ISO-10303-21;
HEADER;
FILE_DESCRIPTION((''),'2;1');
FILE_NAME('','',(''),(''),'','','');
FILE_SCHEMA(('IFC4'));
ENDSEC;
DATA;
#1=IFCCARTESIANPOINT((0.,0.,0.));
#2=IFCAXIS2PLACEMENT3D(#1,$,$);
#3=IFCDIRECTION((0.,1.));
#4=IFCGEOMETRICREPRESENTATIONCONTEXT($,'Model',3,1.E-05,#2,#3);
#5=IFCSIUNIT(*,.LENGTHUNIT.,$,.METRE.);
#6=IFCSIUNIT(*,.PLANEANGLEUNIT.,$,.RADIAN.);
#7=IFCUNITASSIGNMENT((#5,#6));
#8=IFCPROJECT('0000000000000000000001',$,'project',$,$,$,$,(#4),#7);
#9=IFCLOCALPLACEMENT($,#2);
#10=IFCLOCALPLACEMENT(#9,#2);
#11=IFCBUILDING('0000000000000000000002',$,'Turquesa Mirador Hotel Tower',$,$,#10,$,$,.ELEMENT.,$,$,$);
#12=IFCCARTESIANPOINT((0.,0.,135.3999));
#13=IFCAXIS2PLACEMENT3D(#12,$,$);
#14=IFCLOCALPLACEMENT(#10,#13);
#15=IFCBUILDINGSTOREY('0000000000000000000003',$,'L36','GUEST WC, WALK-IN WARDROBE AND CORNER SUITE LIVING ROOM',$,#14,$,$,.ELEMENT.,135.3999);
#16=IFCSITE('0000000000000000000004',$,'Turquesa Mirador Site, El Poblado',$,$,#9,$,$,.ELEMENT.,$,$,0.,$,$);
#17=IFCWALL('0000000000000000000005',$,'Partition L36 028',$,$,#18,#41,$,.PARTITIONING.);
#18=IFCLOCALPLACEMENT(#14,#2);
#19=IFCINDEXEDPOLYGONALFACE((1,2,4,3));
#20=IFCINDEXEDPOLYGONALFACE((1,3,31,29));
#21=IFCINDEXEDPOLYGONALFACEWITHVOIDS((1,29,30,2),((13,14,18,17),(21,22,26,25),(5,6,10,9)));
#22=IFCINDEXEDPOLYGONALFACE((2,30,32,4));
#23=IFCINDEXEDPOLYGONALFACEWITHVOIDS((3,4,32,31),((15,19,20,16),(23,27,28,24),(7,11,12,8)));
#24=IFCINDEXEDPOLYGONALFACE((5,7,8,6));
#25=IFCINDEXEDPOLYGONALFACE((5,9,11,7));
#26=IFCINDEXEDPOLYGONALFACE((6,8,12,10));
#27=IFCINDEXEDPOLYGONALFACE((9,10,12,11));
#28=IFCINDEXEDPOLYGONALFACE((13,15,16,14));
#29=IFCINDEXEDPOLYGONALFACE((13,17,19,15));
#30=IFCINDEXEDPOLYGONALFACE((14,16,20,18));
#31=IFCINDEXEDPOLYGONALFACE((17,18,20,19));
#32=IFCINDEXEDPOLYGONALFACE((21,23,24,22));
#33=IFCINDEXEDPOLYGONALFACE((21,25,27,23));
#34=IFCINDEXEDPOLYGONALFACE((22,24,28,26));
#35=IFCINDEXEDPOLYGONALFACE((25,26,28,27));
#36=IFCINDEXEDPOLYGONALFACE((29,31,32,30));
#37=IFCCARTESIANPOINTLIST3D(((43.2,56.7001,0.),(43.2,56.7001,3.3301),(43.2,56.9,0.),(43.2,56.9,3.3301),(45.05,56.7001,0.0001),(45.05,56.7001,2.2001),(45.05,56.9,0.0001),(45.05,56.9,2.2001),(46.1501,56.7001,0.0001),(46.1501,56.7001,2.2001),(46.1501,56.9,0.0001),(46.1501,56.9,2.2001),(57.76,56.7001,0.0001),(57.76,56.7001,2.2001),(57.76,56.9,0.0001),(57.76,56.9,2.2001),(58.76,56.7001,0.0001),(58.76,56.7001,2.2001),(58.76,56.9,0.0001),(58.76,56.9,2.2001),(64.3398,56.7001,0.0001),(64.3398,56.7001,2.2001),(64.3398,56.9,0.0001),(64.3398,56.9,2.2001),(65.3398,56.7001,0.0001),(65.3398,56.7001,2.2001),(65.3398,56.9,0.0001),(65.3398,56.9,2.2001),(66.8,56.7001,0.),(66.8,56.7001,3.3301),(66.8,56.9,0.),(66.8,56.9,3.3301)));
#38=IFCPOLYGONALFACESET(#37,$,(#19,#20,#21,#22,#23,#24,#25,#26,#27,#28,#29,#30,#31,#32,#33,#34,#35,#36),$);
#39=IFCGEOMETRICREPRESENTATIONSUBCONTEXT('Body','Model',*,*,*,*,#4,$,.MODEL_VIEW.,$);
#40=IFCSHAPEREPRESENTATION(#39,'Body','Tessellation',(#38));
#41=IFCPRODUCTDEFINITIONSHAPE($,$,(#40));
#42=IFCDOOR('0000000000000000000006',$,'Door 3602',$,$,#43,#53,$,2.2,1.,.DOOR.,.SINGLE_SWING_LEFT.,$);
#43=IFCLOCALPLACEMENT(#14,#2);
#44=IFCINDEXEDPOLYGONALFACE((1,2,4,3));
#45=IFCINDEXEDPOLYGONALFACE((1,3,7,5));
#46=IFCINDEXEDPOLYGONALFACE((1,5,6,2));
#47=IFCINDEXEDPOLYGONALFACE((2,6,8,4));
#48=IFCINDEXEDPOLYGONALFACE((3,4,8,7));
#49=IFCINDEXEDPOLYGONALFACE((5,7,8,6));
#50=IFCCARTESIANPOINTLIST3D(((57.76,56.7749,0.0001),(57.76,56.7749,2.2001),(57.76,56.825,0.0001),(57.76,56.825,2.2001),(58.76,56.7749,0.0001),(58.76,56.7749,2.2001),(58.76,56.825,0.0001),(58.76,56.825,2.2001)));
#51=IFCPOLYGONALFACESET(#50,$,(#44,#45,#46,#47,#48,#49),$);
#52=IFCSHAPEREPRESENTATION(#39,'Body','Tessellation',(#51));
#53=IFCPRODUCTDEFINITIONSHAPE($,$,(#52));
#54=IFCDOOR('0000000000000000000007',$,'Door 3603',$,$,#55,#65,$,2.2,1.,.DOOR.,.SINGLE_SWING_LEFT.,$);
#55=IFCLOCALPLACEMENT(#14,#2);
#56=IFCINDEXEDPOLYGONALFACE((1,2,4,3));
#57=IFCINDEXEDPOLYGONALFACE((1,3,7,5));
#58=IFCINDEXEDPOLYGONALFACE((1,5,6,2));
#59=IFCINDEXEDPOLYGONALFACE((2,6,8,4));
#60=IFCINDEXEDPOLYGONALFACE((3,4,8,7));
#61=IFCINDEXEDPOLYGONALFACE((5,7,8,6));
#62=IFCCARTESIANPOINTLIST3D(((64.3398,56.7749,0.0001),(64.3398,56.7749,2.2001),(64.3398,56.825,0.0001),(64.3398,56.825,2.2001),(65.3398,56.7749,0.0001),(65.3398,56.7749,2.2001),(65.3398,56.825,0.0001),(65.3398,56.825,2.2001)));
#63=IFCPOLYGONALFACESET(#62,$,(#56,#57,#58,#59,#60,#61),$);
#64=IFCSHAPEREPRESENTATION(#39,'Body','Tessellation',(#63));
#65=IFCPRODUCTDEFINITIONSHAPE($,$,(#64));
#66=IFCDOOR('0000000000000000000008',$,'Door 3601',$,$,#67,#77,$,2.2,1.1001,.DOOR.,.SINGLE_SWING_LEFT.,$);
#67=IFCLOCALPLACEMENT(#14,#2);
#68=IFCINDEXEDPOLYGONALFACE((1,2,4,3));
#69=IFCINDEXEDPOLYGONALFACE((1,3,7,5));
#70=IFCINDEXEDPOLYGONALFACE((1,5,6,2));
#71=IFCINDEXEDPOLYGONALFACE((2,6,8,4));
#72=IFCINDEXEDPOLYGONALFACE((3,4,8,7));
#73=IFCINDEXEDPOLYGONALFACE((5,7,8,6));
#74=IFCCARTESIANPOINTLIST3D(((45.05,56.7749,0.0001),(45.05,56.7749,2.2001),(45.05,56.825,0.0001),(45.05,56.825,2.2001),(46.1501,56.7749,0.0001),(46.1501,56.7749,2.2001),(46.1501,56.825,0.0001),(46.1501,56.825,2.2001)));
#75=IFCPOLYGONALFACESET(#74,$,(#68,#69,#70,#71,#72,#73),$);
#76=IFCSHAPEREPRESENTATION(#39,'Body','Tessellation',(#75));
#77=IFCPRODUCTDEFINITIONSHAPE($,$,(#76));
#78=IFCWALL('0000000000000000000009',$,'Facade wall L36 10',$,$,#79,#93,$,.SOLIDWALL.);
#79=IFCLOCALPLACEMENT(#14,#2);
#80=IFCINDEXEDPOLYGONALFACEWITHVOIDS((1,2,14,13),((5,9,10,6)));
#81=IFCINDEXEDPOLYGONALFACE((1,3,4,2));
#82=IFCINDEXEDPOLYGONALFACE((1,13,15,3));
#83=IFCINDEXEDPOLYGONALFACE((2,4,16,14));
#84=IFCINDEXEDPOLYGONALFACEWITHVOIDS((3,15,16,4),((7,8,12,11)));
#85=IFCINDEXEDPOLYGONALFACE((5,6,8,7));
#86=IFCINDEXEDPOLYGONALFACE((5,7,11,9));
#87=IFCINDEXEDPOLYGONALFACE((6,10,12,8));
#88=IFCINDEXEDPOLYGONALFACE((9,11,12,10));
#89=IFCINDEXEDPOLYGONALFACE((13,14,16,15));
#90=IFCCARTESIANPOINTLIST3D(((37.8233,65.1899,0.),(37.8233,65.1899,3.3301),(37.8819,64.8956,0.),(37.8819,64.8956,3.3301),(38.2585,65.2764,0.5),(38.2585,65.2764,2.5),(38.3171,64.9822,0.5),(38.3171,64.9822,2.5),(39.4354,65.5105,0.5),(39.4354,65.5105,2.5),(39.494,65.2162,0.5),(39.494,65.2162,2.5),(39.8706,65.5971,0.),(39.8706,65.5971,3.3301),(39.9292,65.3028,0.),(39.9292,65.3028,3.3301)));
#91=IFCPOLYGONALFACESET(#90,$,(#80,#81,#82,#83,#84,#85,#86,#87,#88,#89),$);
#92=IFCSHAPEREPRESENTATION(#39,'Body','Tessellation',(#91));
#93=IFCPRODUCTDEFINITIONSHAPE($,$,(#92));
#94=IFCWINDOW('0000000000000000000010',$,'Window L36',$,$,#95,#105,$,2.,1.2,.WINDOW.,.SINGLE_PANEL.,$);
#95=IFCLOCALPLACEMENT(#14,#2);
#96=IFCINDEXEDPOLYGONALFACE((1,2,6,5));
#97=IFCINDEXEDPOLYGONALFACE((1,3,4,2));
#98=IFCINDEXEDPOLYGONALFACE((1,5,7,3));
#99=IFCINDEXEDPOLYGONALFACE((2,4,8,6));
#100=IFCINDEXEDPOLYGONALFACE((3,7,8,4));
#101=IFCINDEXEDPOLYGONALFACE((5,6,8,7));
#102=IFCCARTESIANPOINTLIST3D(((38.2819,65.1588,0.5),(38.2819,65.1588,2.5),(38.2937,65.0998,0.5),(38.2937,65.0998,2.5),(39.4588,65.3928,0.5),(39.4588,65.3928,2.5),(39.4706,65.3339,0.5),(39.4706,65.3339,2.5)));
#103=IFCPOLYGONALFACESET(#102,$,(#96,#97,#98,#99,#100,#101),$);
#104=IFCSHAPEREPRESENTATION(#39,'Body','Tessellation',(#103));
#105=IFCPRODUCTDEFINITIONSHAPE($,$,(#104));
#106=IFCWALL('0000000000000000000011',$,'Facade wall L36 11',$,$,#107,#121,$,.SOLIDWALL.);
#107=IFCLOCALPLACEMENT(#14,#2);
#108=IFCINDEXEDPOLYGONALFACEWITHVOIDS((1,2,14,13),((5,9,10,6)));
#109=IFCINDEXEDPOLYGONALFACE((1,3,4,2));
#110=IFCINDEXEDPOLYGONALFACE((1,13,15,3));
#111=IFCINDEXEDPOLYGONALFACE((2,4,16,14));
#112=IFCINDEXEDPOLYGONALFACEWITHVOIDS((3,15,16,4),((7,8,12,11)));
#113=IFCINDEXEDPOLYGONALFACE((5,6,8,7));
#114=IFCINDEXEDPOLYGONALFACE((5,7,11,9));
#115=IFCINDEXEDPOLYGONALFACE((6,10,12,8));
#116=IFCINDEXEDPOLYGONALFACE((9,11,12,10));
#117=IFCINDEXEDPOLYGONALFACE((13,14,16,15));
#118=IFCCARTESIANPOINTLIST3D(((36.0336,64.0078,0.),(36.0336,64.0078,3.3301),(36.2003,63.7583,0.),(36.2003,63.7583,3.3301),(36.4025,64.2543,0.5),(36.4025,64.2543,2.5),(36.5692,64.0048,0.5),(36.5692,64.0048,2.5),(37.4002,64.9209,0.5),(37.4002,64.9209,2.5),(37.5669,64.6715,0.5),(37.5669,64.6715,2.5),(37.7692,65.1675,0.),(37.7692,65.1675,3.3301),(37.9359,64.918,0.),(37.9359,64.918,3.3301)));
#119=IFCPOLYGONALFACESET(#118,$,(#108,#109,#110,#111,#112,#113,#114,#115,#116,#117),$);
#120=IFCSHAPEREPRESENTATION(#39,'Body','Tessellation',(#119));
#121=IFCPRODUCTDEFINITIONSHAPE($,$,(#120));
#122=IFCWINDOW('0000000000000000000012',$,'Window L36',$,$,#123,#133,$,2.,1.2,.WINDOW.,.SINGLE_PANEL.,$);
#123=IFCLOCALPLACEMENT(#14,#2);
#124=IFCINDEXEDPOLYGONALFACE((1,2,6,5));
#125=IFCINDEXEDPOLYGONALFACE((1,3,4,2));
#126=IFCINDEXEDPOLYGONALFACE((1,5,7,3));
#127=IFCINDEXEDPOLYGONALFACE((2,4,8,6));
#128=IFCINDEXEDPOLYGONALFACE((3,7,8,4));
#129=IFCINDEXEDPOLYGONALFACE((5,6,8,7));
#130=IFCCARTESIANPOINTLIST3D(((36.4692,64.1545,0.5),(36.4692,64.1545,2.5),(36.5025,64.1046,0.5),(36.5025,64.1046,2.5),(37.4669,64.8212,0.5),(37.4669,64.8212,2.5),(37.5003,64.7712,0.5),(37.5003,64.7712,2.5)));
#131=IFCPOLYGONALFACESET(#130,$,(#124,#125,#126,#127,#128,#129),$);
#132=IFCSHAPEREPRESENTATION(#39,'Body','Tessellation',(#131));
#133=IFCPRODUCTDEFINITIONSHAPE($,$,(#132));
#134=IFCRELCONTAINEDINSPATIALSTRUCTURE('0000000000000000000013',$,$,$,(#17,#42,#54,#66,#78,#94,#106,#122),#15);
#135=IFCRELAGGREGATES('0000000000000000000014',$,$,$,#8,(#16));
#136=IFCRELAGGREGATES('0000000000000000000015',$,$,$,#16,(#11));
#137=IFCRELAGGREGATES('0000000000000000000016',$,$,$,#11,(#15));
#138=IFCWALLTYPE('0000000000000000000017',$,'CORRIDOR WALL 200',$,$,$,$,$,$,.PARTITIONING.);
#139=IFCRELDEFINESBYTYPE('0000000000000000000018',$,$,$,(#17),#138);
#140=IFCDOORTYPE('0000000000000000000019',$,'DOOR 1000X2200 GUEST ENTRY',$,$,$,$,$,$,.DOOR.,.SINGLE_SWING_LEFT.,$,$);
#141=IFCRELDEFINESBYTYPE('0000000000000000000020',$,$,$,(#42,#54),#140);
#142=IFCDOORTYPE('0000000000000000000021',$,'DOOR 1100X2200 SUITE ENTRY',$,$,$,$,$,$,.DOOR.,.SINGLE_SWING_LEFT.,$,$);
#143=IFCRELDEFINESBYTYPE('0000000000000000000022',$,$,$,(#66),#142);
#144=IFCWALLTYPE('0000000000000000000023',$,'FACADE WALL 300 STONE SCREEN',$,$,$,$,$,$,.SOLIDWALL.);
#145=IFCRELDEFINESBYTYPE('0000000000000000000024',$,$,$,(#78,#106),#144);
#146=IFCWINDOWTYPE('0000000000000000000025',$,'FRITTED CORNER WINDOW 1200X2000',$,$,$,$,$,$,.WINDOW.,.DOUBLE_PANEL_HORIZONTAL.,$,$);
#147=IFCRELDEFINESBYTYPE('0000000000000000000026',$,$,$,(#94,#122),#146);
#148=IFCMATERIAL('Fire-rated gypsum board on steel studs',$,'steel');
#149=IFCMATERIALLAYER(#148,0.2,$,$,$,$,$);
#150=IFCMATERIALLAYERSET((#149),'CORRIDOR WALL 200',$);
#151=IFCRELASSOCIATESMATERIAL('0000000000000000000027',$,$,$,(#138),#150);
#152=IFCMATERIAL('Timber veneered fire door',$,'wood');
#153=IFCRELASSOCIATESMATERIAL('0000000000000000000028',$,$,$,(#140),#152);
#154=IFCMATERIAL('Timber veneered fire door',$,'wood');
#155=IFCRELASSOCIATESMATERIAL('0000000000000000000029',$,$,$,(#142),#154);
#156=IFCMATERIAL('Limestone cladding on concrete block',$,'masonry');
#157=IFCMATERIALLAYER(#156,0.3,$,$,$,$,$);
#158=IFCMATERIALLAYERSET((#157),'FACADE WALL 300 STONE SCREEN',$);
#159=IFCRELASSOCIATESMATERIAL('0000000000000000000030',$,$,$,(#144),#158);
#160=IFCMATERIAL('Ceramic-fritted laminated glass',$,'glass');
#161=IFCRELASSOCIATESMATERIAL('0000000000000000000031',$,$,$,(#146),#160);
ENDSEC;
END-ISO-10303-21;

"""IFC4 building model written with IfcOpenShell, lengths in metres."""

from ifc_helpers import new_model, si_unit, direction, frame, frame_2d, origin, place, context, subcontext, project, spatial, rectangle, extrude, material, layer, layer_set, type_object, element, fill, save


model = new_model("IFC4")

# Units and contexts
model_context = context("Model", 3, precision=1e-05, world=origin(), true_north=direction((0.0, 1.0)))
body_context = subcontext(model_context, "Body", "Model", "MODEL_VIEW")
ifc_project = project(units=[si_unit("LENGTHUNIT", "METRE"), si_unit("PLANEANGLEUNIT", "RADIAN")], contexts=[model_context])

# Site, building, storey
site_placement = place(None, origin())
site = spatial("IfcSite", under=ifc_project, at=site_placement, Name="Turquesa Mirador Site, El Poblado", CompositionType="ELEMENT", RefElevation=0.0)
building_placement = place(site_placement, origin())
building = spatial("IfcBuilding", under=site, at=building_placement, Name="Turquesa Mirador Hotel Tower", CompositionType="ELEMENT")
storey_placement = place(building_placement, frame((0.0, 0.0, 135.3999)))
storey = spatial("IfcBuildingStorey", under=building, at=storey_placement, Name="L36", Description="GUEST WC, WALK-IN WARDROBE AND CORNER SUITE LIVING ROOM", CompositionType="ELEMENT", Elevation=135.3999)

# Wall, openings, doors
ifc_material_1 = material(Name="Fire-rated gypsum board on steel studs", Category="steel")
ifc_layer_1 = layer(ifc_material_1, 0.2)
ifc_layer_set_1 = layer_set([ifc_layer_1], Name="CORRIDOR WALL 200")
wall_type_1 = type_object("IfcWallType", Name="CORRIDOR WALL 200", PredefinedType="PARTITIONING", material=ifc_layer_set_1)
wall_1_placement = place(storey_placement, frame((43.2, 56.8, 0.0), z_axis=(0.0, 0.0, 1.0), x_axis=(1.0, 0.0, 0.0)))
wall_1 = element("IfcWall", 1, at=wall_1_placement, inside=storey, type_object=wall_type_1, Name="Partition L36 028", PredefinedType="PARTITIONING", context=body_context, shape_type="SweptSolid", body=[
    extrude(rectangle(XDim=23.6001, YDim=0.2, at=frame_2d((11.8, 0.0))), origin(), (0.0, 0.0, 1.0), 3.3301),
])
opening_1_placement = place(wall_1_placement, frame((1.8501, 0.0, 0.0)))
opening_1 = element("IfcOpeningElement", 2, at=opening_1_placement, cuts=wall_1, PredefinedType="OPENING", context=body_context, shape_type="SweptSolid", body=[
    extrude(rectangle(XDim=1.1001, YDim=2.2, at=frame_2d((0.55, 1.1001))), frame((0.0, 0.1099, 0.0), z_axis=(0.0, -1.0, 0.0), x_axis=(1.0, 0.0, 0.0)), (0.0, 0.0, 1.0), 0.22),
])
opening_2_placement = place(wall_1_placement, frame((14.5601, 0.0, 0.0)))
opening_2 = element("IfcOpeningElement", 3, at=opening_2_placement, cuts=wall_1, PredefinedType="OPENING", context=body_context, shape_type="SweptSolid", body=[
    extrude(rectangle(XDim=1.0, YDim=2.2, at=frame_2d((0.5, 1.1001))), frame((0.0, 0.1099, 0.0), z_axis=(0.0, -1.0, 0.0), x_axis=(1.0, 0.0, 0.0)), (0.0, 0.0, 1.0), 0.22),
])
opening_3_placement = place(wall_1_placement, frame((21.1399, 0.0, 0.0)))
opening_3 = element("IfcOpeningElement", 4, at=opening_3_placement, cuts=wall_1, PredefinedType="OPENING", context=body_context, shape_type="SweptSolid", body=[
    extrude(rectangle(XDim=1.0, YDim=2.2, at=frame_2d((0.5, 1.1001))), frame((0.0, 0.1099, 0.0), z_axis=(0.0, -1.0, 0.0), x_axis=(1.0, 0.0, 0.0)), (0.0, 0.0, 1.0), 0.22),
])
ifc_material_2 = material(Name="Timber veneered fire door", Category="wood")
door_type_1 = type_object("IfcDoorType", Name="DOOR 1000X2200 GUEST ENTRY", OperationType="SINGLE_SWING_LEFT", PredefinedType="DOOR", material=ifc_material_2)
door_1_placement = place(opening_2_placement, origin())
door_1 = element("IfcDoor", 5, at=door_1_placement, inside=storey, type_object=door_type_1, Name="Door 3602", OperationType="SINGLE_SWING_LEFT", OverallHeight=2.2, OverallWidth=1.0, PredefinedType="DOOR", context=body_context, shape_type="SweptSolid", body=[
    extrude(rectangle(XDim=1.0, YDim=2.2, at=frame_2d((0.5, 1.1001))), frame((0.0, 0.0249, 0.0), z_axis=(0.0, -1.0, 0.0), x_axis=(1.0, 0.0, 0.0)), (0.0, 0.0, 1.0), 0.05),
])
fill(opening_2, door_1)
door_2_placement = place(opening_3_placement, origin())
door_2 = element("IfcDoor", 6, at=door_2_placement, inside=storey, type_object=door_type_1, Name="Door 3603", OperationType="SINGLE_SWING_LEFT", OverallHeight=2.2, OverallWidth=1.0, PredefinedType="DOOR", context=body_context, shape_type="SweptSolid", body=[
    extrude(rectangle(XDim=1.0, YDim=2.2, at=frame_2d((0.5, 1.1001))), frame((0.0, 0.0249, 0.0), z_axis=(0.0, -1.0, 0.0), x_axis=(1.0, 0.0, 0.0)), (0.0, 0.0, 1.0), 0.05),
])
fill(opening_3, door_2)
ifc_material_3 = material(Name="Timber veneered fire door", Category="wood")
door_type_2 = type_object("IfcDoorType", Name="DOOR 1100X2200 SUITE ENTRY", OperationType="SINGLE_SWING_LEFT", PredefinedType="DOOR", material=ifc_material_3)
door_3_placement = place(opening_1_placement, origin())
door_3 = element("IfcDoor", 7, at=door_3_placement, inside=storey, type_object=door_type_2, Name="Door 3601", OperationType="SINGLE_SWING_LEFT", OverallHeight=2.2, OverallWidth=1.1001, PredefinedType="DOOR", context=body_context, shape_type="SweptSolid", body=[
    extrude(rectangle(XDim=1.1001, YDim=2.2, at=frame_2d((0.55, 1.1001))), frame((0.0, 0.0249, 0.0), z_axis=(0.0, -1.0, 0.0), x_axis=(1.0, 0.0, 0.0)), (0.0, 0.0, 1.0), 0.05),
])
fill(opening_1, door_3)

# Walls, openings, windows
ifc_material_4 = material(Name="Limestone cladding on concrete block", Category="masonry")
ifc_layer_2 = layer(ifc_material_4, 0.3)
ifc_layer_set_2 = layer_set([ifc_layer_2], Name="FACADE WALL 300 STONE SCREEN")
wall_type_2 = type_object("IfcWallType", Name="FACADE WALL 300 STONE SCREEN", PredefinedType="SOLIDWALL", material=ifc_layer_set_2)
wall_2_placement = place(storey_placement, frame((39.8999, 65.45, 0.0), z_axis=(0.0, 0.0, 1.0), x_axis=(-0.980787, -0.195081, 0.0)))
wall_2 = element("IfcWall", 8, at=wall_2_placement, inside=storey, type_object=wall_type_2, Name="Facade wall L36 10", PredefinedType="SOLIDWALL", context=body_context, shape_type="SweptSolid", body=[
    extrude(rectangle(XDim=2.0874, YDim=0.3, at=frame_2d((1.0437, 0.0))), origin(), (0.0, 0.0, 1.0), 3.3301),
])
opening_4_placement = place(wall_2_placement, frame((0.4436, 0.0, 0.5)))
opening_4 = element("IfcOpeningElement", 9, at=opening_4_placement, cuts=wall_2, PredefinedType="OPENING", context=body_context, shape_type="SweptSolid", body=[
    extrude(rectangle(XDim=1.2, YDim=2.0, at=frame_2d((0.6001, 1.0))), frame((0.0, 0.1599, 0.0), z_axis=(0.0, -1.0, 0.0), x_axis=(1.0, 0.0, 0.0)), (0.0, 0.0, 1.0), 0.3201),
])
ifc_material_5 = material(Name="Ceramic-fritted laminated glass", Category="glass")
window_type = type_object("IfcWindowType", Name="FRITTED CORNER WINDOW 1200X2000", PartitioningType="DOUBLE_PANEL_HORIZONTAL", PredefinedType="WINDOW", material=ifc_material_5)
window_1_placement = place(opening_4_placement, origin())
window_1 = element("IfcWindow", 10, at=window_1_placement, inside=storey, type_object=window_type, Name="Window L36", OverallHeight=2.0, OverallWidth=1.2, PartitioningType="SINGLE_PANEL", PredefinedType="WINDOW", context=body_context, shape_type="SweptSolid", body=[
    extrude(rectangle(XDim=1.2, YDim=2.0, at=frame_2d((0.6001, 1.0))), frame((0.0, 0.03, 0.0), z_axis=(0.0, -1.0, 0.0), x_axis=(1.0, 0.0, 0.0)), (0.0, 0.0, 1.0), 0.0601),
])
fill(opening_4, window_1)
wall_3_placement = place(storey_placement, frame((37.8525, 65.0427, 0.0), z_axis=(0.0, 0.0, 1.0), x_axis=(-0.831474, -0.555564, 0.0)))
wall_3 = element("IfcWall", 11, at=wall_3_placement, inside=storey, type_object=wall_type_2, Name="Facade wall L36 11", PredefinedType="SOLIDWALL", context=body_context, shape_type="SweptSolid", body=[
    extrude(rectangle(XDim=2.0874, YDim=0.3, at=frame_2d((1.0437, 0.0))), origin(), (0.0, 0.0, 1.0), 3.3301),
])
opening_5_placement = place(wall_3_placement, frame((0.4436, 0.0, 0.5)))
opening_5 = element("IfcOpeningElement", 12, at=opening_5_placement, cuts=wall_3, PredefinedType="OPENING", context=body_context, shape_type="SweptSolid", body=[
    extrude(rectangle(XDim=1.2, YDim=2.0, at=frame_2d((0.6001, 1.0))), frame((0.0, 0.1599, 0.0), z_axis=(0.0, -1.0, 0.0), x_axis=(1.0, 0.0, 0.0)), (0.0, 0.0, 1.0), 0.3201),
])
window_2_placement = place(opening_5_placement, origin())
window_2 = element("IfcWindow", 13, at=window_2_placement, inside=storey, type_object=window_type, Name="Window L36", OverallHeight=2.0, OverallWidth=1.2, PartitioningType="SINGLE_PANEL", PredefinedType="WINDOW", context=body_context, shape_type="SweptSolid", body=[
    extrude(rectangle(XDim=1.2, YDim=2.0, at=frame_2d((0.6001, 1.0))), frame((0.0, 0.03, 0.0), z_axis=(0.0, -1.0, 0.0), x_axis=(1.0, 0.0, 0.0)), (0.0, 0.0, 1.0), 0.0601),
])
fill(opening_5, window_2)

save(model, "model.ifc")
